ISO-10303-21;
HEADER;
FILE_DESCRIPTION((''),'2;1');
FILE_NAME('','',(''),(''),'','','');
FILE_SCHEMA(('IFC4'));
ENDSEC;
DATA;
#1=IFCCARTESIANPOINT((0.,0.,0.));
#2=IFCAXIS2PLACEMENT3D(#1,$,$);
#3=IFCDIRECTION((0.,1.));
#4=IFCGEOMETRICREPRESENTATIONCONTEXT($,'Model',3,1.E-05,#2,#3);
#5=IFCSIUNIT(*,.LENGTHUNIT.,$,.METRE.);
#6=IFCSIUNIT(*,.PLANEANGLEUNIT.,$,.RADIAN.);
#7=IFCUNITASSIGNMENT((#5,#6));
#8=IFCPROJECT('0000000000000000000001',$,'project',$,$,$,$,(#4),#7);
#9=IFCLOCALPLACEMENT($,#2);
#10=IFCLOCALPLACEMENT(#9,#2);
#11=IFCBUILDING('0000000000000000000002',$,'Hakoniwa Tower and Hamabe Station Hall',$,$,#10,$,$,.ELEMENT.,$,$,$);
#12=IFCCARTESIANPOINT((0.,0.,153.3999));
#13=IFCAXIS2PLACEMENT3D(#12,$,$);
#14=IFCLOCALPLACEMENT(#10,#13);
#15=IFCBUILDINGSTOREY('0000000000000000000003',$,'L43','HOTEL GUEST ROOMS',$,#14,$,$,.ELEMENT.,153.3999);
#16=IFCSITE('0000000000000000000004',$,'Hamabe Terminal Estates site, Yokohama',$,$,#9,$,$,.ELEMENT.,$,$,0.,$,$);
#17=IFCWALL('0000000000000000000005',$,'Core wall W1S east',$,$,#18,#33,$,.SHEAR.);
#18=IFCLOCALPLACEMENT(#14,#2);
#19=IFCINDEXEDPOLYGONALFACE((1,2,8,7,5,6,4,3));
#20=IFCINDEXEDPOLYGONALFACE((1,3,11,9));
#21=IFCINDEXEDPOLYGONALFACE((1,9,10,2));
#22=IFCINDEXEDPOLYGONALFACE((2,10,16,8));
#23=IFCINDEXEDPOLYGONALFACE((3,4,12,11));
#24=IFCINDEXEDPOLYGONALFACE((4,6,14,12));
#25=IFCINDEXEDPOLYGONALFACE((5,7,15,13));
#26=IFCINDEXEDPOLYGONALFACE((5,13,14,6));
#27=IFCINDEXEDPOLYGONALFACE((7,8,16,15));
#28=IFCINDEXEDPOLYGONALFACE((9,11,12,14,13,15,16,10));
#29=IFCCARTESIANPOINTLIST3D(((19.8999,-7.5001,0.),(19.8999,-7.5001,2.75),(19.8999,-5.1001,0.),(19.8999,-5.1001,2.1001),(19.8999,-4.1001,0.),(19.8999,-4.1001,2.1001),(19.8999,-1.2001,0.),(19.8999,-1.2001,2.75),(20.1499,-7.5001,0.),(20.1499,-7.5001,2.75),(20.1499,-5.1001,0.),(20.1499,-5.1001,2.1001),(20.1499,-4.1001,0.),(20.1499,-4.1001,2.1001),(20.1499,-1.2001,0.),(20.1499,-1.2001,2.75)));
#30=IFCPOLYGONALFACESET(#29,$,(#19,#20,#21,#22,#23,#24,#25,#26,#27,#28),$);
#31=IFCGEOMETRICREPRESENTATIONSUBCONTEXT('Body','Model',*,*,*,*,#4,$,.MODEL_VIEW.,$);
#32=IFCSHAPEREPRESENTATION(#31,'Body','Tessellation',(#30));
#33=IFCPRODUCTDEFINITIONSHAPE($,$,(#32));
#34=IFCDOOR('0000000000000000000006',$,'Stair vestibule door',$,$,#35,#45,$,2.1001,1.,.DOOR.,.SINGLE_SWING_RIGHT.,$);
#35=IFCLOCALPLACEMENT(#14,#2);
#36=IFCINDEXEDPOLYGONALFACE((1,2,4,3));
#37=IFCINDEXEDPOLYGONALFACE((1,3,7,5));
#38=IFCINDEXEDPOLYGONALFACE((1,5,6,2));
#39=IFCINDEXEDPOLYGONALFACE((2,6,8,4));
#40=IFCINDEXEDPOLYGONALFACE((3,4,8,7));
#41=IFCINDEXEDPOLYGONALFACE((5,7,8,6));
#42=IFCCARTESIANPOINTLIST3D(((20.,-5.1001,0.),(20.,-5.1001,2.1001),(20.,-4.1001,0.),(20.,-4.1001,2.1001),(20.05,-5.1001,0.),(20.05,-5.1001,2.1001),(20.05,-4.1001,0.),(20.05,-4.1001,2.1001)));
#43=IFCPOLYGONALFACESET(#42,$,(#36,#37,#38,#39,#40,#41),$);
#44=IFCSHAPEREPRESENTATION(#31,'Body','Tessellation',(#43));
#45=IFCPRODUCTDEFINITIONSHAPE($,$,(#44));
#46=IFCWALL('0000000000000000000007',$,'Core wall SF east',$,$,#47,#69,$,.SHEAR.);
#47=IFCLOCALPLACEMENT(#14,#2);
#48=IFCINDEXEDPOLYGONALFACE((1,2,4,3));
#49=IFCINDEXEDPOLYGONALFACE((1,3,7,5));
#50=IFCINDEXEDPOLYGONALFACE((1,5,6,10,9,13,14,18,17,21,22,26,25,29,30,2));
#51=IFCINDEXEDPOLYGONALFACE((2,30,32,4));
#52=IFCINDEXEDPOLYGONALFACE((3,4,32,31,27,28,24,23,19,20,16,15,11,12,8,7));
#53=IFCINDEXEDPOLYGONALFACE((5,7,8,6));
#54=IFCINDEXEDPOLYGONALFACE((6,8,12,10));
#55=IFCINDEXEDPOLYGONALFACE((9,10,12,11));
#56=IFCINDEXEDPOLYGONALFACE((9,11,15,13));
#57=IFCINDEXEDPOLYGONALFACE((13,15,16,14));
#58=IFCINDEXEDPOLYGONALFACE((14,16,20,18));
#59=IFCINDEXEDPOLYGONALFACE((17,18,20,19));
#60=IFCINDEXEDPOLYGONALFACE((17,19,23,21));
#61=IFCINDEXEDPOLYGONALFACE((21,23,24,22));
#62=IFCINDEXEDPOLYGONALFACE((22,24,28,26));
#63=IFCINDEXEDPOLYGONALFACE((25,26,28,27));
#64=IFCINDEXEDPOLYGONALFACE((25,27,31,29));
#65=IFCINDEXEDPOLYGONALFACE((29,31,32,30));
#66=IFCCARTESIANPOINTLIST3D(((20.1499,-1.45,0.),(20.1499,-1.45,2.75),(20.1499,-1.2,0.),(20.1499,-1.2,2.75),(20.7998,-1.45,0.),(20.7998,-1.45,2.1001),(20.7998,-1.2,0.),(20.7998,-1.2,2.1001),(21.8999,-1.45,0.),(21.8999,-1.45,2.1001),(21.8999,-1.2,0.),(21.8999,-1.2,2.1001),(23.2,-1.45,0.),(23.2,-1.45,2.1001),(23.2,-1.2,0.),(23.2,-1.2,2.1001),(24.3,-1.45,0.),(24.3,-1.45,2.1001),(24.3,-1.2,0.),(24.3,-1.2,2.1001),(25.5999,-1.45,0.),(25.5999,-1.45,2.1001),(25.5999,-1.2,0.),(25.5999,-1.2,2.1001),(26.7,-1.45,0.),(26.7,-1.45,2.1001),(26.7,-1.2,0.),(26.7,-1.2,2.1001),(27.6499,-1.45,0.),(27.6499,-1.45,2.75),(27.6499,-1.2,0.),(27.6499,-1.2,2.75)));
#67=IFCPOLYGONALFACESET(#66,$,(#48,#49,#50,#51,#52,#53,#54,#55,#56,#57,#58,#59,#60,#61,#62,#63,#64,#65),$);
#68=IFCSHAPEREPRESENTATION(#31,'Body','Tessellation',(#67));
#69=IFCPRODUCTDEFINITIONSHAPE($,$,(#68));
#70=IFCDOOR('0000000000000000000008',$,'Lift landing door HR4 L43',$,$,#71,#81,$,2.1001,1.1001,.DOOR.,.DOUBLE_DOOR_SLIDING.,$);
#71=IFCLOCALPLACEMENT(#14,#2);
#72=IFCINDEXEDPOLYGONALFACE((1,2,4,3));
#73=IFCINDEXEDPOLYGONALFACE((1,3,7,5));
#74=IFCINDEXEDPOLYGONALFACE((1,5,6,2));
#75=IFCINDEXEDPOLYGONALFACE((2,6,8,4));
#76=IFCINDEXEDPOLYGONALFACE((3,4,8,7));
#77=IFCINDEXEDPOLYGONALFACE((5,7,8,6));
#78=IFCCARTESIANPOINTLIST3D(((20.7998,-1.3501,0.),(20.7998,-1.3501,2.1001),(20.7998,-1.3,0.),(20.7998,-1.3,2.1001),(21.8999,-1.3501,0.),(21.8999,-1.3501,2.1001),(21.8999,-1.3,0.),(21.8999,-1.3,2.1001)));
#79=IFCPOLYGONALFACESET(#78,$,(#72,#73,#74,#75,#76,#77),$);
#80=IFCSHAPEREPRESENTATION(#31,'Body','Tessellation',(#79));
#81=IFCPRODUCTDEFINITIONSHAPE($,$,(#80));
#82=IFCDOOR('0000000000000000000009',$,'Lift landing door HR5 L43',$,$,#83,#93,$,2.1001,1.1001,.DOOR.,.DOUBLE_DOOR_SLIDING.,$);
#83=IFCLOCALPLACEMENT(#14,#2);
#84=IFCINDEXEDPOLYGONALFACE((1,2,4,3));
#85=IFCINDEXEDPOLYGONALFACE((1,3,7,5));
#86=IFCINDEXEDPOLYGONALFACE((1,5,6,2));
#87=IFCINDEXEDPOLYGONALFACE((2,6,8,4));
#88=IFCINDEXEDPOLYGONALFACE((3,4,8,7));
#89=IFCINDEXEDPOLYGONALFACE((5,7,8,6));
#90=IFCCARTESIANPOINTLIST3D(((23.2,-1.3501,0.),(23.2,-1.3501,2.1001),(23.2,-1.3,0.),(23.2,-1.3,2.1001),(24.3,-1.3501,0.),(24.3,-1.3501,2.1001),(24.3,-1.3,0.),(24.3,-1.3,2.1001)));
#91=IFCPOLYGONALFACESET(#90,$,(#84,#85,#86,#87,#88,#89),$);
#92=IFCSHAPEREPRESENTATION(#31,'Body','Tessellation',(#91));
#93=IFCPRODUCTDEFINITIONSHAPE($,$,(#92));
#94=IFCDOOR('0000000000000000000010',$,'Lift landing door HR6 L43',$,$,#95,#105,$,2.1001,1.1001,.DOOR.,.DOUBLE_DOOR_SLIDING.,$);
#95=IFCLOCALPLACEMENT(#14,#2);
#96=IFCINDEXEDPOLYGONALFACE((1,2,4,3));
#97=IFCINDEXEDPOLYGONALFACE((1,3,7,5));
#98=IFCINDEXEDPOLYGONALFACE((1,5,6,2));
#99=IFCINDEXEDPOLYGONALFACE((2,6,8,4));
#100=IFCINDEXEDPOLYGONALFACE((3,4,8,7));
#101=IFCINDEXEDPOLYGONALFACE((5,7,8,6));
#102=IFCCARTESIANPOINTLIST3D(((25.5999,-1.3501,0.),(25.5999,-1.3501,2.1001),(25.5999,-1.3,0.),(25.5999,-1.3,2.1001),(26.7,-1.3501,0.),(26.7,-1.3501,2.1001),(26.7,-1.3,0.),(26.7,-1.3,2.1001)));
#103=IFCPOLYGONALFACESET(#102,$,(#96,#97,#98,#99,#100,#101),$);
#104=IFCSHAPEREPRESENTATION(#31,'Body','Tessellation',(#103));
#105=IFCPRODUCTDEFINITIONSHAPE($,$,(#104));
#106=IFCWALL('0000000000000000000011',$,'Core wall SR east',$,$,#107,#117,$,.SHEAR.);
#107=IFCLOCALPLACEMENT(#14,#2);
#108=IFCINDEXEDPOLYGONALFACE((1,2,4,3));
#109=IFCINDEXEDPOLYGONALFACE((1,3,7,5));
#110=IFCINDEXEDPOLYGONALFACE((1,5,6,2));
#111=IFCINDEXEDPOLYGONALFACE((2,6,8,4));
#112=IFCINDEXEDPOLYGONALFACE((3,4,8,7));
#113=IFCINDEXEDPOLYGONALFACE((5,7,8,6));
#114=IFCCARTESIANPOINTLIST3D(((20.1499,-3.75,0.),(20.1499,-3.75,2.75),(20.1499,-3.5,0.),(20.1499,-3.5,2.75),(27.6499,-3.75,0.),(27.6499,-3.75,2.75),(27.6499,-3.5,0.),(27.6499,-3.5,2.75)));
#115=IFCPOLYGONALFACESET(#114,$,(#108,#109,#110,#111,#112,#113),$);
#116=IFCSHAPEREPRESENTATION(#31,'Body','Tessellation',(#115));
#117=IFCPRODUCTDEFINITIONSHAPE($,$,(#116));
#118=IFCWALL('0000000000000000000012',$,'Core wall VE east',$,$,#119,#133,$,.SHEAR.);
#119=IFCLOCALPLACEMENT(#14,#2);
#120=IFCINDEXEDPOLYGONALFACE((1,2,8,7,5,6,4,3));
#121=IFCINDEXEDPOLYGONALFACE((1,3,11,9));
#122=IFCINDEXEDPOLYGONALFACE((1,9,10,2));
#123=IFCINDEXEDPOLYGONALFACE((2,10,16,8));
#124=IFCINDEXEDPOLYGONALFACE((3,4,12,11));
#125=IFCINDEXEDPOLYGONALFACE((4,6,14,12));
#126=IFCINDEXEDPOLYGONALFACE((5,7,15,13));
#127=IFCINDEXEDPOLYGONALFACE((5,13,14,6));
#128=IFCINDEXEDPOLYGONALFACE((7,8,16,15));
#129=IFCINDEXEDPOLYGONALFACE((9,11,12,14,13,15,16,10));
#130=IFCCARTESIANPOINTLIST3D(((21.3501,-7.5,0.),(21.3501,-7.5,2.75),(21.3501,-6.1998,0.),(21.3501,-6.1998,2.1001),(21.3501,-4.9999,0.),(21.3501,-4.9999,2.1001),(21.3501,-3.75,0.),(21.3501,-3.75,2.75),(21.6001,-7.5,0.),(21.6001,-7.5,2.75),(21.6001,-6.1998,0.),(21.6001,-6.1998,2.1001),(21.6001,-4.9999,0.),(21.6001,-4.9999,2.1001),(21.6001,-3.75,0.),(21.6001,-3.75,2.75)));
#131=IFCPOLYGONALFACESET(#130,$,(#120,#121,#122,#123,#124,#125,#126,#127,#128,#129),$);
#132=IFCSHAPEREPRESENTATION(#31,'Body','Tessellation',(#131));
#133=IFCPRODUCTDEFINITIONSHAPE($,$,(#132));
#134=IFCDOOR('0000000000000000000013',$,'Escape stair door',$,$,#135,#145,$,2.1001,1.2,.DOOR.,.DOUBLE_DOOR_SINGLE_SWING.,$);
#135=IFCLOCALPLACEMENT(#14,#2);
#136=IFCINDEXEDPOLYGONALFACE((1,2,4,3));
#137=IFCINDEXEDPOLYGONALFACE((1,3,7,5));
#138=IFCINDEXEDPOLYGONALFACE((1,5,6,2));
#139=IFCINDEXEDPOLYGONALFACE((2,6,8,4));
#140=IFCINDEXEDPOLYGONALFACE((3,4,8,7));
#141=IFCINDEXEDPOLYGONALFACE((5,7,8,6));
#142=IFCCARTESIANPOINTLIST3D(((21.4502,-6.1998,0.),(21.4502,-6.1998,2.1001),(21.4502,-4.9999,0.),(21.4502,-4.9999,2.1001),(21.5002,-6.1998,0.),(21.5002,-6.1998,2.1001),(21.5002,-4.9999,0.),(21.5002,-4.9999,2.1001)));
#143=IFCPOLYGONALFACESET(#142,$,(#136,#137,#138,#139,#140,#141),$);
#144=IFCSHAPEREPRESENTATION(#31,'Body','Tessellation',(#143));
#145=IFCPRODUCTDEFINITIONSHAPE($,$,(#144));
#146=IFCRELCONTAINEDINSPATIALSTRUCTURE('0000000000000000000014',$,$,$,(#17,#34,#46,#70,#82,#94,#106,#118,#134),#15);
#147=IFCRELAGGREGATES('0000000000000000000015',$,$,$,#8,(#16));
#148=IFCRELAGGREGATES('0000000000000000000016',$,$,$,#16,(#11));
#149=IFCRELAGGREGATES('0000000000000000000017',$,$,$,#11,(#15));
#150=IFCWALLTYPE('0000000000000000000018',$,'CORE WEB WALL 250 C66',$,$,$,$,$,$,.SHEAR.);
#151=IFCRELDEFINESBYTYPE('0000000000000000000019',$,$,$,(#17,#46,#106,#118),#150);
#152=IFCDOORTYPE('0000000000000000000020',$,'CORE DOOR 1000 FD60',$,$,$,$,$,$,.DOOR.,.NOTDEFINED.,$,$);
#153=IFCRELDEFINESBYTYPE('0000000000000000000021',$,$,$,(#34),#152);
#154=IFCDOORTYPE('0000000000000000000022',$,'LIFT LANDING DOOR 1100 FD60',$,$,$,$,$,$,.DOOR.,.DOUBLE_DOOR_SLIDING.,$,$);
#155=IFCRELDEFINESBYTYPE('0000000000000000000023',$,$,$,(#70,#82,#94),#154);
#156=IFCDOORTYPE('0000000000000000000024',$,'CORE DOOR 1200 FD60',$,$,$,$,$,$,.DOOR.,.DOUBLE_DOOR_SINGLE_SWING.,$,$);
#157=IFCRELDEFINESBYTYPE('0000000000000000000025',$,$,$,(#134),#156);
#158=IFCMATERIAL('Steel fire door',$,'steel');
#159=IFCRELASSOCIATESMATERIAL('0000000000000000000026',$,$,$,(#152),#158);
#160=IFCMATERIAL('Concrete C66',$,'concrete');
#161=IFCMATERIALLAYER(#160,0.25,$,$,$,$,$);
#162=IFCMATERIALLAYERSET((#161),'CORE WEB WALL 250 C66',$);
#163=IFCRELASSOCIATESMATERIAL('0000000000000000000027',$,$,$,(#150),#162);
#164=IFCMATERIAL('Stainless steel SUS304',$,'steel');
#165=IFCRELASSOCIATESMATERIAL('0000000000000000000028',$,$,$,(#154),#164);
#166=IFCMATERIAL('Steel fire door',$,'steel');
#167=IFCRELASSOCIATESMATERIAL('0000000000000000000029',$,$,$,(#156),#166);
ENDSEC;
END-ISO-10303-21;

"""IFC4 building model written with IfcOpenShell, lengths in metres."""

from ifc_helpers import new_model, si_unit, direction, frame, frame_2d, origin, place, context, subcontext, project, spatial, rectangle, extrude, material, layer, layer_set, type_object, element, fill, save


model = new_model("IFC4")

# Units and contexts
model_context = context("Model", 3, precision=1e-05, world=origin(), true_north=direction((0.0, 1.0)))
body_context = subcontext(model_context, "Body", "Model", "MODEL_VIEW")
ifc_project = project(units=[si_unit("LENGTHUNIT", "METRE"), si_unit("PLANEANGLEUNIT", "RADIAN")], contexts=[model_context])

# Site, building, storey
site_placement = place(None, origin())
site = spatial("IfcSite", under=ifc_project, at=site_placement, Name="Hamabe Terminal Estates site, Yokohama", CompositionType="ELEMENT", RefElevation=0.0)
building_placement = place(site_placement, origin())
building = spatial("IfcBuilding", under=site, at=building_placement, Name="Hakoniwa Tower and Hamabe Station Hall", CompositionType="ELEMENT")
storey_placement = place(building_placement, frame((0.0, 0.0, 153.3999)))
storey = spatial("IfcBuildingStorey", under=building, at=storey_placement, Name="L43", Description="HOTEL GUEST ROOMS", CompositionType="ELEMENT", Elevation=153.3999)

# Wall, opening, door
ifc_material_1 = material(Name="Steel fire door", Category="steel")
door_type_1 = type_object("IfcDoorType", Name="CORE DOOR 1000 FD60", OperationType="NOTDEFINED", PredefinedType="DOOR", material=ifc_material_1)
ifc_material_2 = material(Name="Concrete C66", Category="concrete")
ifc_layer_1 = layer(ifc_material_2, 0.25)
ifc_layer_set_1 = layer_set([ifc_layer_1], Name="CORE WEB WALL 250 C66")
wall_type_1 = type_object("IfcWallType", Name="CORE WEB WALL 250 C66", PredefinedType="SHEAR", material=ifc_layer_set_1)
wall_1_placement = place(storey_placement, frame((20.0249, -7.5, 0.0), z_axis=(0.0, 0.0, 1.0), x_axis=(0.0, 1.0, 0.0)))
wall_1 = element("IfcWall", 1, at=wall_1_placement, inside=storey, type_object=wall_type_1, Name="Core wall W1S east", PredefinedType="SHEAR", context=body_context, shape_type="SweptSolid", body=[
    extrude(rectangle(XDim=6.3, YDim=0.25, at=frame_2d((3.1499, 0.0))), origin(), (0.0, 0.0, 1.0), 2.75),
])
opening_1_placement = place(wall_1_placement, frame((2.3999, 0.0, 0.0)))
opening_1 = element("IfcOpeningElement", 2, at=opening_1_placement, cuts=wall_1, PredefinedType="OPENING", context=body_context, shape_type="SweptSolid", body=[
    extrude(rectangle(XDim=1.0, YDim=2.1001, at=frame_2d((0.5, 1.05))), frame((0.0, 0.135, 0.0), z_axis=(0.0, -1.0, 0.0), x_axis=(1.0, 0.0, 0.0)), (0.0, 0.0, 1.0), 0.27),
])
door_1_placement = place(opening_1_placement, origin())
door_1 = element("IfcDoor", 3, at=door_1_placement, inside=storey, type_object=door_type_1, Name="Stair vestibule door", OperationType="SINGLE_SWING_RIGHT", OverallHeight=2.1001, OverallWidth=1.0, PredefinedType="DOOR", context=body_context, shape_type="SweptSolid", body=[
    extrude(rectangle(XDim=1.0, YDim=2.1001, at=frame_2d((0.5, 1.05))), frame((0.0, 0.0249, 0.0), z_axis=(0.0, -1.0, 0.0), x_axis=(1.0, 0.0, 0.0)), (0.0, 0.0, 1.0), 0.05),
])
fill(opening_1, door_1)

# Wall, openings, doors
wall_2_placement = place(storey_placement, frame((20.1499, -1.325, 0.0), z_axis=(0.0, 0.0, 1.0), x_axis=(1.0, 0.0, 0.0)))
wall_2 = element("IfcWall", 4, at=wall_2_placement, inside=storey, type_object=wall_type_1, Name="Core wall SF east", PredefinedType="SHEAR", context=body_context, shape_type="SweptSolid", body=[
    extrude(rectangle(XDim=7.5, YDim=0.25, at=frame_2d((3.75, 0.0))), origin(), (0.0, 0.0, 1.0), 2.75),
])
opening_2_placement = place(wall_2_placement, frame((0.6499, 0.0, 0.0)))
opening_2 = element("IfcOpeningElement", 5, at=opening_2_placement, cuts=wall_2, PredefinedType="OPENING", context=body_context, shape_type="SweptSolid", body=[
    extrude(rectangle(XDim=1.1001, YDim=2.1001, at=frame_2d((0.55, 1.05))), frame((0.0, 0.135, 0.0), z_axis=(0.0, -1.0, 0.0), x_axis=(1.0, 0.0, 0.0)), (0.0, 0.0, 1.0), 0.27),
])
opening_3_placement = place(wall_2_placement, frame((3.05, 0.0, 0.0)))
opening_3 = element("IfcOpeningElement", 6, at=opening_3_placement, cuts=wall_2, PredefinedType="OPENING", context=body_context, shape_type="SweptSolid", body=[
    extrude(rectangle(XDim=1.1001, YDim=2.1001, at=frame_2d((0.55, 1.05))), frame((0.0, 0.135, 0.0), z_axis=(0.0, -1.0, 0.0), x_axis=(1.0, 0.0, 0.0)), (0.0, 0.0, 1.0), 0.27),
])
opening_4_placement = place(wall_2_placement, frame((5.45, 0.0, 0.0)))
opening_4 = element("IfcOpeningElement", 7, at=opening_4_placement, cuts=wall_2, PredefinedType="OPENING", context=body_context, shape_type="SweptSolid", body=[
    extrude(rectangle(XDim=1.1001, YDim=2.1001, at=frame_2d((0.55, 1.05))), frame((0.0, 0.135, 0.0), z_axis=(0.0, -1.0, 0.0), x_axis=(1.0, 0.0, 0.0)), (0.0, 0.0, 1.0), 0.27),
])
ifc_material_3 = material(Name="Stainless steel SUS304", Category="steel")
door_type_2 = type_object("IfcDoorType", Name="LIFT LANDING DOOR 1100 FD60", OperationType="DOUBLE_DOOR_SLIDING", PredefinedType="DOOR", material=ifc_material_3)
door_2_placement = place(opening_2_placement, origin())
door_2 = element("IfcDoor", 8, at=door_2_placement, inside=storey, type_object=door_type_2, Name="Lift landing door HR4 L43", OperationType="DOUBLE_DOOR_SLIDING", OverallHeight=2.1001, OverallWidth=1.1001, PredefinedType="DOOR", context=body_context, shape_type="SweptSolid", body=[
    extrude(rectangle(XDim=1.1001, YDim=2.1001, at=frame_2d((0.55, 1.05))), frame((0.0, 0.0249, 0.0), z_axis=(0.0, -1.0, 0.0), x_axis=(1.0, 0.0, 0.0)), (0.0, 0.0, 1.0), 0.05),
])
fill(opening_2, door_2)
door_3_placement = place(opening_3_placement, origin())
door_3 = element("IfcDoor", 9, at=door_3_placement, inside=storey, type_object=door_type_2, Name="Lift landing door HR5 L43", OperationType="DOUBLE_DOOR_SLIDING", OverallHeight=2.1001, OverallWidth=1.1001, PredefinedType="DOOR", context=body_context, shape_type="SweptSolid", body=[
    extrude(rectangle(XDim=1.1001, YDim=2.1001, at=frame_2d((0.55, 1.05))), frame((0.0, 0.0249, 0.0), z_axis=(0.0, -1.0, 0.0), x_axis=(1.0, 0.0, 0.0)), (0.0, 0.0, 1.0), 0.05),
])
fill(opening_3, door_3)
door_4_placement = place(opening_4_placement, origin())
door_4 = element("IfcDoor", 10, at=door_4_placement, inside=storey, type_object=door_type_2, Name="Lift landing door HR6 L43", OperationType="DOUBLE_DOOR_SLIDING", OverallHeight=2.1001, OverallWidth=1.1001, PredefinedType="DOOR", context=body_context, shape_type="SweptSolid", body=[
    extrude(rectangle(XDim=1.1001, YDim=2.1001, at=frame_2d((0.55, 1.05))), frame((0.0, 0.0249, 0.0), z_axis=(0.0, -1.0, 0.0), x_axis=(1.0, 0.0, 0.0)), (0.0, 0.0, 1.0), 0.05),
])
fill(opening_4, door_4)

# Wall
wall_3_placement = place(storey_placement, frame((20.1499, -3.625, 0.0), z_axis=(0.0, 0.0, 1.0), x_axis=(1.0, 0.0, 0.0)))
element("IfcWall", 11, at=wall_3_placement, inside=storey, type_object=wall_type_1, Name="Core wall SR east", PredefinedType="SHEAR", context=body_context, shape_type="SweptSolid", body=[
    extrude(rectangle(XDim=7.5, YDim=0.25, at=frame_2d((3.75, 0.0))), origin(), (0.0, 0.0, 1.0), 2.75),
])

# Wall, opening, door
wall_4_placement = place(storey_placement, frame((21.4751, -7.5, 0.0), z_axis=(0.0, 0.0, 1.0), x_axis=(0.0, 1.0, 0.0)))
wall_4 = element("IfcWall", 12, at=wall_4_placement, inside=storey, type_object=wall_type_1, Name="Core wall VE east", PredefinedType="SHEAR", context=body_context, shape_type="SweptSolid", body=[
    extrude(rectangle(XDim=3.75, YDim=0.25, at=frame_2d((1.875, 0.0))), origin(), (0.0, 0.0, 1.0), 2.75),
])
opening_5_placement = place(wall_4_placement, frame((1.3, 0.0, 0.0)))
opening_5 = element("IfcOpeningElement", 13, at=opening_5_placement, cuts=wall_4, PredefinedType="OPENING", context=body_context, shape_type="SweptSolid", body=[
    extrude(rectangle(XDim=1.2, YDim=2.1001, at=frame_2d((0.6001, 1.05))), frame((0.0, 0.135, 0.0), z_axis=(0.0, -1.0, 0.0), x_axis=(1.0, 0.0, 0.0)), (0.0, 0.0, 1.0), 0.27),
])
ifc_material_4 = material(Name="Steel fire door", Category="steel")
door_type_3 = type_object("IfcDoorType", Name="CORE DOOR 1200 FD60", OperationType="DOUBLE_DOOR_SINGLE_SWING", PredefinedType="DOOR", material=ifc_material_4)
door_5_placement = place(opening_5_placement, origin())
door_5 = element("IfcDoor", 14, at=door_5_placement, inside=storey, type_object=door_type_3, Name="Escape stair door", OperationType="DOUBLE_DOOR_SINGLE_SWING", OverallHeight=2.1001, OverallWidth=1.2, PredefinedType="DOOR", context=body_context, shape_type="SweptSolid", body=[
    extrude(rectangle(XDim=1.2, YDim=2.1001, at=frame_2d((0.6001, 1.05))), frame((0.0, 0.0249, 0.0), z_axis=(0.0, -1.0, 0.0), x_axis=(1.0, 0.0, 0.0)), (0.0, 0.0, 1.0), 0.05),
])
fill(opening_5, door_5)

save(model, "model.ifc")
